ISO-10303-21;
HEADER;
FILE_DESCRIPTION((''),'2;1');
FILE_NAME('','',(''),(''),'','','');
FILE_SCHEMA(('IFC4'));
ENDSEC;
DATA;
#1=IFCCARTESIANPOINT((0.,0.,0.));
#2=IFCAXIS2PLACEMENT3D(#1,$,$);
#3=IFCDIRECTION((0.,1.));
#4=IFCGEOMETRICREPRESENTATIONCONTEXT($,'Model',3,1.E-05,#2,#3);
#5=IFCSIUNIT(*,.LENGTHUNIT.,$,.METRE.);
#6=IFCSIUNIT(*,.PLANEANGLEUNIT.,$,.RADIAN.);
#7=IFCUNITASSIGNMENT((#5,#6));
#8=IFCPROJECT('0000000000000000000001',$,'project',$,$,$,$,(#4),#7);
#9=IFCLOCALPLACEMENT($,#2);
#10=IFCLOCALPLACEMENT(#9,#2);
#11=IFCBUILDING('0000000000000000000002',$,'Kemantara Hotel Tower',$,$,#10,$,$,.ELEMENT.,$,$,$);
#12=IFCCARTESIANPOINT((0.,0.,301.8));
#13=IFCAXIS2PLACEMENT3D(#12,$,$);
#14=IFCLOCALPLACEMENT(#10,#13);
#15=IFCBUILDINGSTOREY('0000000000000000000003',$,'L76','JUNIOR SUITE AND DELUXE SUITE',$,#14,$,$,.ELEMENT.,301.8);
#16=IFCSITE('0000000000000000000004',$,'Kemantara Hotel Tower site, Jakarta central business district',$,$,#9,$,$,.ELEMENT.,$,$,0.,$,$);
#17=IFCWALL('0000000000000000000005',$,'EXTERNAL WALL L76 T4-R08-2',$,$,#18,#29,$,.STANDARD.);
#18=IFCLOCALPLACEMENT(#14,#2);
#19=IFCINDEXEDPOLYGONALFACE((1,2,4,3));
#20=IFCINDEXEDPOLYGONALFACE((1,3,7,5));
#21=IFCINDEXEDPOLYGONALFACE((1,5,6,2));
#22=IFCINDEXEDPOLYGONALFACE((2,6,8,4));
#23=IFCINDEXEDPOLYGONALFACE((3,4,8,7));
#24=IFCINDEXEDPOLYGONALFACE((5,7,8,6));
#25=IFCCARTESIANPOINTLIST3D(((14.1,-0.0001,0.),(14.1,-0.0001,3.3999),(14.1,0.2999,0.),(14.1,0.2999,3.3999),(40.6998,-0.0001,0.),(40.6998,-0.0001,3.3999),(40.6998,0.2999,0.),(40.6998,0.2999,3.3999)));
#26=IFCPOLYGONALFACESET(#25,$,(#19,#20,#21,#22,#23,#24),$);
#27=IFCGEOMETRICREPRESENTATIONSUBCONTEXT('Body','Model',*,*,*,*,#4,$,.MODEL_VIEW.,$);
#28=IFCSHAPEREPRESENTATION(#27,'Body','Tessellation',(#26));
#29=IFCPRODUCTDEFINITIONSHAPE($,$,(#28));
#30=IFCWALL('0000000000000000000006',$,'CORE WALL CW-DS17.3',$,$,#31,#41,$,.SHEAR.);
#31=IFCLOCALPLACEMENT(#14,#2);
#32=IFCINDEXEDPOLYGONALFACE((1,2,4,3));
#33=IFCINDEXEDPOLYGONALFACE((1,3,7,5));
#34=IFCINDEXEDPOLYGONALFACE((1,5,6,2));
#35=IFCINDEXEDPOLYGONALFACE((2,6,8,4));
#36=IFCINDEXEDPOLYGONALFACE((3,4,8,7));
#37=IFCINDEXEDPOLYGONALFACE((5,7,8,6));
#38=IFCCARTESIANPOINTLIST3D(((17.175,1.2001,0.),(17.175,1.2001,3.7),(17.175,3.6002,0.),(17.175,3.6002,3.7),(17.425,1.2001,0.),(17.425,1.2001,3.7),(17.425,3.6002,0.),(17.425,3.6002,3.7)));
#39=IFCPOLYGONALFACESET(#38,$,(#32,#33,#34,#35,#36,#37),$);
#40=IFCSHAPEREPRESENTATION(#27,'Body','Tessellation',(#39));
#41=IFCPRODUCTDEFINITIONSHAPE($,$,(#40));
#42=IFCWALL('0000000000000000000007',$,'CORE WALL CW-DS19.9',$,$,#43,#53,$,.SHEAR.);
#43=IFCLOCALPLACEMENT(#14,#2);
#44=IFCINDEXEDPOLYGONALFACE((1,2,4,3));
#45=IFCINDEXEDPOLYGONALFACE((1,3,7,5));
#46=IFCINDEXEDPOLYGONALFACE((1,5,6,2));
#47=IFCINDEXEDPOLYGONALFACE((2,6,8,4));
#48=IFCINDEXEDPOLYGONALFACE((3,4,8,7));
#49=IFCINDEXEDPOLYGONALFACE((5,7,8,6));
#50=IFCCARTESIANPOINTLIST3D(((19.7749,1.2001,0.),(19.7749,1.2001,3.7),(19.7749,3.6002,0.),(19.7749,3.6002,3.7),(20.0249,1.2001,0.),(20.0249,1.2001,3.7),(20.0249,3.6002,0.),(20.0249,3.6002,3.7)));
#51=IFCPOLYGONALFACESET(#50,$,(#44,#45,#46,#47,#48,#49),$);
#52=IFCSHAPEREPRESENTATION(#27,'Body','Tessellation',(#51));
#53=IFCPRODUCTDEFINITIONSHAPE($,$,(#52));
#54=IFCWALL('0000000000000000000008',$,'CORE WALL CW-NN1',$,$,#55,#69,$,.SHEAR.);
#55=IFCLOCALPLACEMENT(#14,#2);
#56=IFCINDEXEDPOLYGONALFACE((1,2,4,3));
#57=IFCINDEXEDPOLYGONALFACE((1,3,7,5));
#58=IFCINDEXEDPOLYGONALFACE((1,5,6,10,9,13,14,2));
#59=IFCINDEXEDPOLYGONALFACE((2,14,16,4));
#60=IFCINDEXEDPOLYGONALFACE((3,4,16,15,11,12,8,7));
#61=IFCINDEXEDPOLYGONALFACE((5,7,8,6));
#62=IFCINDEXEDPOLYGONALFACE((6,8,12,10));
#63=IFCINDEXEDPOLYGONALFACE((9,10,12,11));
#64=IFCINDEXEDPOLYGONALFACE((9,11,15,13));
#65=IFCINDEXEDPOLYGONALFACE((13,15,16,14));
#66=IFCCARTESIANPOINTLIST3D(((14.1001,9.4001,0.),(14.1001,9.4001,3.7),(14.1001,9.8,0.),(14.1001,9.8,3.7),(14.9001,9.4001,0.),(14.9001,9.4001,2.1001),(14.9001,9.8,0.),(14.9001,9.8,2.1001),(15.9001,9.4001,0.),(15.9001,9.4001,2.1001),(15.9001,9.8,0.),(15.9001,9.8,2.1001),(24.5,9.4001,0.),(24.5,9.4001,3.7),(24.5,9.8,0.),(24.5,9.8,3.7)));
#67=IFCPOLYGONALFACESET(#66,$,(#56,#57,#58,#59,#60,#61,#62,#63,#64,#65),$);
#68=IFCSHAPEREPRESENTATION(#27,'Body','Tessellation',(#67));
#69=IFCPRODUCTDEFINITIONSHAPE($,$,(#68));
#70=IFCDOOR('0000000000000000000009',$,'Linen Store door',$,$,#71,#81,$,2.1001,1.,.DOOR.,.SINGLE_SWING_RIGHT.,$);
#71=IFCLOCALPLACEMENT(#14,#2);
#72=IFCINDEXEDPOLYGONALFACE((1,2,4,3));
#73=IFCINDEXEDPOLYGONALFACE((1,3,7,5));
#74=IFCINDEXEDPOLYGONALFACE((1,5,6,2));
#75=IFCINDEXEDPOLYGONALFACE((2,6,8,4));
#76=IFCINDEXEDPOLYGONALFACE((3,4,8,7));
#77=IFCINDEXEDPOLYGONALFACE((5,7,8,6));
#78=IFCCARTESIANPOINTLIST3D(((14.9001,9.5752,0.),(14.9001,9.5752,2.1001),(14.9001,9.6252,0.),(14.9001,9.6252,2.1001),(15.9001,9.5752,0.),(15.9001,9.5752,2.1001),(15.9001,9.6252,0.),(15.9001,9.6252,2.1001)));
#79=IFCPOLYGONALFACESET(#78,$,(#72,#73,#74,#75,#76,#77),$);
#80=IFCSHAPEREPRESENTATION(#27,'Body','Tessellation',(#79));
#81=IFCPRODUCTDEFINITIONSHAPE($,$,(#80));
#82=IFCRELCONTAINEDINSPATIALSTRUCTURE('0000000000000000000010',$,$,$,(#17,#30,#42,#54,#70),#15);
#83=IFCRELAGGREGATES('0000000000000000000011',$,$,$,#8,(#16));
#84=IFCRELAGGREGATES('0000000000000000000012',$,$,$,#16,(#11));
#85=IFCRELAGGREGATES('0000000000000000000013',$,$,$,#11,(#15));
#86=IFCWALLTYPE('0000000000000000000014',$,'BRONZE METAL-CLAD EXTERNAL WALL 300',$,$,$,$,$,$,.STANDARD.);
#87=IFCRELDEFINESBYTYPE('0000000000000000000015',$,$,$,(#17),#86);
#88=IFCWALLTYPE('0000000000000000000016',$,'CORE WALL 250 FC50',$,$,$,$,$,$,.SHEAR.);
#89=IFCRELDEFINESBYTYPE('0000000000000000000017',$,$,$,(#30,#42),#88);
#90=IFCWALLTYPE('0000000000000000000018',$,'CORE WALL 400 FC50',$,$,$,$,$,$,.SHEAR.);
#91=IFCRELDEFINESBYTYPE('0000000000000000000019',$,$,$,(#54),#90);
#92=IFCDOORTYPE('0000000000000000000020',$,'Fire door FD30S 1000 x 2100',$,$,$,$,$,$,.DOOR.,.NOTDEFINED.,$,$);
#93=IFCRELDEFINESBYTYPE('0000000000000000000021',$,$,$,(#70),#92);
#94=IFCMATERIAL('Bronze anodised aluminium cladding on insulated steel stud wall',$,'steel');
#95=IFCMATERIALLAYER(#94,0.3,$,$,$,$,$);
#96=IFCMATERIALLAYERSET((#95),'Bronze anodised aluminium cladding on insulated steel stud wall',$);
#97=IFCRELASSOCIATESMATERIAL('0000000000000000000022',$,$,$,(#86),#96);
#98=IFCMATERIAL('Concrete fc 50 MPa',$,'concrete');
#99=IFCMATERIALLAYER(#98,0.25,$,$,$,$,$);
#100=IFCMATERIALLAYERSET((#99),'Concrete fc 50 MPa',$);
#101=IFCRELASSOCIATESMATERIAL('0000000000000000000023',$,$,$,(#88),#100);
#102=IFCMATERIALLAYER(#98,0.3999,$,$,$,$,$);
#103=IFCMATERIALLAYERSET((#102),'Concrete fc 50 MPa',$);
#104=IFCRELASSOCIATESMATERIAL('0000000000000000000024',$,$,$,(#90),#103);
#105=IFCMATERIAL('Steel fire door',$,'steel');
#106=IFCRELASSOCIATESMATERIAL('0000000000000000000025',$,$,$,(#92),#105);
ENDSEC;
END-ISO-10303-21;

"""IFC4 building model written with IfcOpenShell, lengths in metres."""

from ifc_helpers import new_model, si_unit, direction, frame, frame_2d, origin, place, context, subcontext, project, spatial, rectangle, extrude, material, layer, layer_set, type_object, element, fill, save


model = new_model("IFC4")

# Units and contexts
model_context = context("Model", 3, precision=1e-05, world=origin(), true_north=direction((0.0, 1.0)))
body_context = subcontext(model_context, "Body", "Model", "MODEL_VIEW")
ifc_project = project(units=[si_unit("LENGTHUNIT", "METRE"), si_unit("PLANEANGLEUNIT", "RADIAN")], contexts=[model_context])

# Site, building, storey
site_placement = place(None, origin())
site = spatial("IfcSite", under=ifc_project, at=site_placement, Name="Kemantara Hotel Tower site, Jakarta central business district", CompositionType="ELEMENT", RefElevation=0.0)
building_placement = place(site_placement, origin())
building = spatial("IfcBuilding", under=site, at=building_placement, Name="Kemantara Hotel Tower", CompositionType="ELEMENT")
storey_placement = place(building_placement, frame((0.0, 0.0, 301.8)))
storey = spatial("IfcBuildingStorey", under=building, at=storey_placement, Name="L76", Description="JUNIOR SUITE AND DELUXE SUITE", CompositionType="ELEMENT", Elevation=301.8)

# Walls
ifc_material_1 = material(Name="Bronze anodised aluminium cladding on insulated steel stud wall", Category="steel")
ifc_layer_1 = layer(ifc_material_1, 0.3)
ifc_layer_set_1 = layer_set([ifc_layer_1], Name="Bronze anodised aluminium cladding on insulated steel stud wall")
wall_type_1 = type_object("IfcWallType", Name="BRONZE METAL-CLAD EXTERNAL WALL 300", PredefinedType="STANDARD", material=ifc_layer_set_1)
wall_1_placement = place(storey_placement, frame((14.1001, 0.1499, 0.0), z_axis=(0.0, 0.0, 1.0), x_axis=(1.0, 0.0, 0.0)))
element("IfcWall", 1, at=wall_1_placement, inside=storey, type_object=wall_type_1, Name="EXTERNAL WALL L76 T4-R08-2", PredefinedType="STANDARD", context=body_context, shape_type="SweptSolid", body=[
    extrude(rectangle(XDim=26.5999, YDim=0.3, at=frame_2d((13.2998, 0.0))), origin(), (0.0, 0.0, 1.0), 3.3999),
])
ifc_material_2 = material(Name="Concrete fc 50 MPa", Category="concrete")
ifc_layer_2 = layer(ifc_material_2, 0.25)
ifc_layer_set_2 = layer_set([ifc_layer_2], Name="Concrete fc 50 MPa")
wall_type_2 = type_object("IfcWallType", Name="CORE WALL 250 FC50", PredefinedType="SHEAR", material=ifc_layer_set_2)
for number, where, z_axis, x_axis, name in (
    (2, (17.3, 1.2, 0.0), (0.0, 0.0, 1.0), (0.0, 1.0, 0.0), "CORE WALL CW-DS17.3"),
    (3, (19.8999, 1.2, 0.0), (0.0, 0.0, 1.0), (0.0, 1.0, 0.0), "CORE WALL CW-DS19.9"),
):
    element("IfcWall", number, at=place(storey_placement, frame(where, z_axis=z_axis, x_axis=x_axis)), inside=storey, type_object=wall_type_2, Name=name, PredefinedType="SHEAR", context=body_context, shape_type="SweptSolid", body=[
        extrude(rectangle(XDim=2.4001, YDim=0.25, at=frame_2d((1.2002, 0.0))), origin(), (0.0, 0.0, 1.0), 3.7),
    ])

# Wall, opening, door
ifc_layer_3 = layer(ifc_material_2, 0.3999)
ifc_layer_set_3 = layer_set([ifc_layer_3], Name="Concrete fc 50 MPa")
wall_type_3 = type_object("IfcWallType", Name="CORE WALL 400 FC50", PredefinedType="SHEAR", material=ifc_layer_set_3)
wall_2_placement = place(storey_placement, frame((14.1001, 9.6001, 0.0), z_axis=(0.0, 0.0, 1.0), x_axis=(1.0, 0.0, 0.0)))
wall_2 = element("IfcWall", 4, at=wall_2_placement, inside=storey, type_object=wall_type_3, Name="CORE WALL CW-NN1", PredefinedType="SHEAR", context=body_context, shape_type="SweptSolid", body=[
    extrude(rectangle(XDim=10.3999, YDim=0.3999, at=frame_2d((5.2, 0.0))), origin(), (0.0, 0.0, 1.0), 3.7),
])
opening_1_placement = place(wall_2_placement, frame((0.8, 0.0, 0.0)))
opening_1 = element("IfcOpeningElement", 5, at=opening_1_placement, cuts=wall_2, PredefinedType="OPENING", context=body_context, shape_type="SweptSolid", body=[
    extrude(rectangle(XDim=1.0, YDim=2.1001, at=frame_2d((0.5, 1.05))), frame((0.0, 0.21, 0.0), z_axis=(0.0, -1.0, 0.0), x_axis=(1.0, 0.0, 0.0)), (0.0, 0.0, 1.0), 0.4199),
])
ifc_material_3 = material(Name="Steel fire door", Category="steel")
door_type_1 = type_object("IfcDoorType", Name="Fire door FD30S 1000 x 2100", OperationType="NOTDEFINED", PredefinedType="DOOR", material=ifc_material_3)
door_1_placement = place(opening_1_placement, frame((1.0, 0.0, 0.0), z_axis=(0.0, 0.0, 1.0), x_axis=(-1.0, 0.0, 0.0)))
door_1 = element("IfcDoor", 6, at=door_1_placement, inside=storey, type_object=door_type_1, Name="Linen Store door", OperationType="SINGLE_SWING_RIGHT", OverallHeight=2.1001, OverallWidth=1.0, PredefinedType="DOOR", context=body_context, shape_type="SweptSolid", body=[
    extrude(rectangle(XDim=1.0, YDim=2.1001, at=frame_2d((0.5, 1.05))), frame((0.0, 0.0249, 0.0), z_axis=(0.0, -1.0, 0.0), x_axis=(1.0, 0.0, 0.0)), (0.0, 0.0, 1.0), 0.05),
])
fill(opening_1, door_1)

save(model, "model.ifc")
